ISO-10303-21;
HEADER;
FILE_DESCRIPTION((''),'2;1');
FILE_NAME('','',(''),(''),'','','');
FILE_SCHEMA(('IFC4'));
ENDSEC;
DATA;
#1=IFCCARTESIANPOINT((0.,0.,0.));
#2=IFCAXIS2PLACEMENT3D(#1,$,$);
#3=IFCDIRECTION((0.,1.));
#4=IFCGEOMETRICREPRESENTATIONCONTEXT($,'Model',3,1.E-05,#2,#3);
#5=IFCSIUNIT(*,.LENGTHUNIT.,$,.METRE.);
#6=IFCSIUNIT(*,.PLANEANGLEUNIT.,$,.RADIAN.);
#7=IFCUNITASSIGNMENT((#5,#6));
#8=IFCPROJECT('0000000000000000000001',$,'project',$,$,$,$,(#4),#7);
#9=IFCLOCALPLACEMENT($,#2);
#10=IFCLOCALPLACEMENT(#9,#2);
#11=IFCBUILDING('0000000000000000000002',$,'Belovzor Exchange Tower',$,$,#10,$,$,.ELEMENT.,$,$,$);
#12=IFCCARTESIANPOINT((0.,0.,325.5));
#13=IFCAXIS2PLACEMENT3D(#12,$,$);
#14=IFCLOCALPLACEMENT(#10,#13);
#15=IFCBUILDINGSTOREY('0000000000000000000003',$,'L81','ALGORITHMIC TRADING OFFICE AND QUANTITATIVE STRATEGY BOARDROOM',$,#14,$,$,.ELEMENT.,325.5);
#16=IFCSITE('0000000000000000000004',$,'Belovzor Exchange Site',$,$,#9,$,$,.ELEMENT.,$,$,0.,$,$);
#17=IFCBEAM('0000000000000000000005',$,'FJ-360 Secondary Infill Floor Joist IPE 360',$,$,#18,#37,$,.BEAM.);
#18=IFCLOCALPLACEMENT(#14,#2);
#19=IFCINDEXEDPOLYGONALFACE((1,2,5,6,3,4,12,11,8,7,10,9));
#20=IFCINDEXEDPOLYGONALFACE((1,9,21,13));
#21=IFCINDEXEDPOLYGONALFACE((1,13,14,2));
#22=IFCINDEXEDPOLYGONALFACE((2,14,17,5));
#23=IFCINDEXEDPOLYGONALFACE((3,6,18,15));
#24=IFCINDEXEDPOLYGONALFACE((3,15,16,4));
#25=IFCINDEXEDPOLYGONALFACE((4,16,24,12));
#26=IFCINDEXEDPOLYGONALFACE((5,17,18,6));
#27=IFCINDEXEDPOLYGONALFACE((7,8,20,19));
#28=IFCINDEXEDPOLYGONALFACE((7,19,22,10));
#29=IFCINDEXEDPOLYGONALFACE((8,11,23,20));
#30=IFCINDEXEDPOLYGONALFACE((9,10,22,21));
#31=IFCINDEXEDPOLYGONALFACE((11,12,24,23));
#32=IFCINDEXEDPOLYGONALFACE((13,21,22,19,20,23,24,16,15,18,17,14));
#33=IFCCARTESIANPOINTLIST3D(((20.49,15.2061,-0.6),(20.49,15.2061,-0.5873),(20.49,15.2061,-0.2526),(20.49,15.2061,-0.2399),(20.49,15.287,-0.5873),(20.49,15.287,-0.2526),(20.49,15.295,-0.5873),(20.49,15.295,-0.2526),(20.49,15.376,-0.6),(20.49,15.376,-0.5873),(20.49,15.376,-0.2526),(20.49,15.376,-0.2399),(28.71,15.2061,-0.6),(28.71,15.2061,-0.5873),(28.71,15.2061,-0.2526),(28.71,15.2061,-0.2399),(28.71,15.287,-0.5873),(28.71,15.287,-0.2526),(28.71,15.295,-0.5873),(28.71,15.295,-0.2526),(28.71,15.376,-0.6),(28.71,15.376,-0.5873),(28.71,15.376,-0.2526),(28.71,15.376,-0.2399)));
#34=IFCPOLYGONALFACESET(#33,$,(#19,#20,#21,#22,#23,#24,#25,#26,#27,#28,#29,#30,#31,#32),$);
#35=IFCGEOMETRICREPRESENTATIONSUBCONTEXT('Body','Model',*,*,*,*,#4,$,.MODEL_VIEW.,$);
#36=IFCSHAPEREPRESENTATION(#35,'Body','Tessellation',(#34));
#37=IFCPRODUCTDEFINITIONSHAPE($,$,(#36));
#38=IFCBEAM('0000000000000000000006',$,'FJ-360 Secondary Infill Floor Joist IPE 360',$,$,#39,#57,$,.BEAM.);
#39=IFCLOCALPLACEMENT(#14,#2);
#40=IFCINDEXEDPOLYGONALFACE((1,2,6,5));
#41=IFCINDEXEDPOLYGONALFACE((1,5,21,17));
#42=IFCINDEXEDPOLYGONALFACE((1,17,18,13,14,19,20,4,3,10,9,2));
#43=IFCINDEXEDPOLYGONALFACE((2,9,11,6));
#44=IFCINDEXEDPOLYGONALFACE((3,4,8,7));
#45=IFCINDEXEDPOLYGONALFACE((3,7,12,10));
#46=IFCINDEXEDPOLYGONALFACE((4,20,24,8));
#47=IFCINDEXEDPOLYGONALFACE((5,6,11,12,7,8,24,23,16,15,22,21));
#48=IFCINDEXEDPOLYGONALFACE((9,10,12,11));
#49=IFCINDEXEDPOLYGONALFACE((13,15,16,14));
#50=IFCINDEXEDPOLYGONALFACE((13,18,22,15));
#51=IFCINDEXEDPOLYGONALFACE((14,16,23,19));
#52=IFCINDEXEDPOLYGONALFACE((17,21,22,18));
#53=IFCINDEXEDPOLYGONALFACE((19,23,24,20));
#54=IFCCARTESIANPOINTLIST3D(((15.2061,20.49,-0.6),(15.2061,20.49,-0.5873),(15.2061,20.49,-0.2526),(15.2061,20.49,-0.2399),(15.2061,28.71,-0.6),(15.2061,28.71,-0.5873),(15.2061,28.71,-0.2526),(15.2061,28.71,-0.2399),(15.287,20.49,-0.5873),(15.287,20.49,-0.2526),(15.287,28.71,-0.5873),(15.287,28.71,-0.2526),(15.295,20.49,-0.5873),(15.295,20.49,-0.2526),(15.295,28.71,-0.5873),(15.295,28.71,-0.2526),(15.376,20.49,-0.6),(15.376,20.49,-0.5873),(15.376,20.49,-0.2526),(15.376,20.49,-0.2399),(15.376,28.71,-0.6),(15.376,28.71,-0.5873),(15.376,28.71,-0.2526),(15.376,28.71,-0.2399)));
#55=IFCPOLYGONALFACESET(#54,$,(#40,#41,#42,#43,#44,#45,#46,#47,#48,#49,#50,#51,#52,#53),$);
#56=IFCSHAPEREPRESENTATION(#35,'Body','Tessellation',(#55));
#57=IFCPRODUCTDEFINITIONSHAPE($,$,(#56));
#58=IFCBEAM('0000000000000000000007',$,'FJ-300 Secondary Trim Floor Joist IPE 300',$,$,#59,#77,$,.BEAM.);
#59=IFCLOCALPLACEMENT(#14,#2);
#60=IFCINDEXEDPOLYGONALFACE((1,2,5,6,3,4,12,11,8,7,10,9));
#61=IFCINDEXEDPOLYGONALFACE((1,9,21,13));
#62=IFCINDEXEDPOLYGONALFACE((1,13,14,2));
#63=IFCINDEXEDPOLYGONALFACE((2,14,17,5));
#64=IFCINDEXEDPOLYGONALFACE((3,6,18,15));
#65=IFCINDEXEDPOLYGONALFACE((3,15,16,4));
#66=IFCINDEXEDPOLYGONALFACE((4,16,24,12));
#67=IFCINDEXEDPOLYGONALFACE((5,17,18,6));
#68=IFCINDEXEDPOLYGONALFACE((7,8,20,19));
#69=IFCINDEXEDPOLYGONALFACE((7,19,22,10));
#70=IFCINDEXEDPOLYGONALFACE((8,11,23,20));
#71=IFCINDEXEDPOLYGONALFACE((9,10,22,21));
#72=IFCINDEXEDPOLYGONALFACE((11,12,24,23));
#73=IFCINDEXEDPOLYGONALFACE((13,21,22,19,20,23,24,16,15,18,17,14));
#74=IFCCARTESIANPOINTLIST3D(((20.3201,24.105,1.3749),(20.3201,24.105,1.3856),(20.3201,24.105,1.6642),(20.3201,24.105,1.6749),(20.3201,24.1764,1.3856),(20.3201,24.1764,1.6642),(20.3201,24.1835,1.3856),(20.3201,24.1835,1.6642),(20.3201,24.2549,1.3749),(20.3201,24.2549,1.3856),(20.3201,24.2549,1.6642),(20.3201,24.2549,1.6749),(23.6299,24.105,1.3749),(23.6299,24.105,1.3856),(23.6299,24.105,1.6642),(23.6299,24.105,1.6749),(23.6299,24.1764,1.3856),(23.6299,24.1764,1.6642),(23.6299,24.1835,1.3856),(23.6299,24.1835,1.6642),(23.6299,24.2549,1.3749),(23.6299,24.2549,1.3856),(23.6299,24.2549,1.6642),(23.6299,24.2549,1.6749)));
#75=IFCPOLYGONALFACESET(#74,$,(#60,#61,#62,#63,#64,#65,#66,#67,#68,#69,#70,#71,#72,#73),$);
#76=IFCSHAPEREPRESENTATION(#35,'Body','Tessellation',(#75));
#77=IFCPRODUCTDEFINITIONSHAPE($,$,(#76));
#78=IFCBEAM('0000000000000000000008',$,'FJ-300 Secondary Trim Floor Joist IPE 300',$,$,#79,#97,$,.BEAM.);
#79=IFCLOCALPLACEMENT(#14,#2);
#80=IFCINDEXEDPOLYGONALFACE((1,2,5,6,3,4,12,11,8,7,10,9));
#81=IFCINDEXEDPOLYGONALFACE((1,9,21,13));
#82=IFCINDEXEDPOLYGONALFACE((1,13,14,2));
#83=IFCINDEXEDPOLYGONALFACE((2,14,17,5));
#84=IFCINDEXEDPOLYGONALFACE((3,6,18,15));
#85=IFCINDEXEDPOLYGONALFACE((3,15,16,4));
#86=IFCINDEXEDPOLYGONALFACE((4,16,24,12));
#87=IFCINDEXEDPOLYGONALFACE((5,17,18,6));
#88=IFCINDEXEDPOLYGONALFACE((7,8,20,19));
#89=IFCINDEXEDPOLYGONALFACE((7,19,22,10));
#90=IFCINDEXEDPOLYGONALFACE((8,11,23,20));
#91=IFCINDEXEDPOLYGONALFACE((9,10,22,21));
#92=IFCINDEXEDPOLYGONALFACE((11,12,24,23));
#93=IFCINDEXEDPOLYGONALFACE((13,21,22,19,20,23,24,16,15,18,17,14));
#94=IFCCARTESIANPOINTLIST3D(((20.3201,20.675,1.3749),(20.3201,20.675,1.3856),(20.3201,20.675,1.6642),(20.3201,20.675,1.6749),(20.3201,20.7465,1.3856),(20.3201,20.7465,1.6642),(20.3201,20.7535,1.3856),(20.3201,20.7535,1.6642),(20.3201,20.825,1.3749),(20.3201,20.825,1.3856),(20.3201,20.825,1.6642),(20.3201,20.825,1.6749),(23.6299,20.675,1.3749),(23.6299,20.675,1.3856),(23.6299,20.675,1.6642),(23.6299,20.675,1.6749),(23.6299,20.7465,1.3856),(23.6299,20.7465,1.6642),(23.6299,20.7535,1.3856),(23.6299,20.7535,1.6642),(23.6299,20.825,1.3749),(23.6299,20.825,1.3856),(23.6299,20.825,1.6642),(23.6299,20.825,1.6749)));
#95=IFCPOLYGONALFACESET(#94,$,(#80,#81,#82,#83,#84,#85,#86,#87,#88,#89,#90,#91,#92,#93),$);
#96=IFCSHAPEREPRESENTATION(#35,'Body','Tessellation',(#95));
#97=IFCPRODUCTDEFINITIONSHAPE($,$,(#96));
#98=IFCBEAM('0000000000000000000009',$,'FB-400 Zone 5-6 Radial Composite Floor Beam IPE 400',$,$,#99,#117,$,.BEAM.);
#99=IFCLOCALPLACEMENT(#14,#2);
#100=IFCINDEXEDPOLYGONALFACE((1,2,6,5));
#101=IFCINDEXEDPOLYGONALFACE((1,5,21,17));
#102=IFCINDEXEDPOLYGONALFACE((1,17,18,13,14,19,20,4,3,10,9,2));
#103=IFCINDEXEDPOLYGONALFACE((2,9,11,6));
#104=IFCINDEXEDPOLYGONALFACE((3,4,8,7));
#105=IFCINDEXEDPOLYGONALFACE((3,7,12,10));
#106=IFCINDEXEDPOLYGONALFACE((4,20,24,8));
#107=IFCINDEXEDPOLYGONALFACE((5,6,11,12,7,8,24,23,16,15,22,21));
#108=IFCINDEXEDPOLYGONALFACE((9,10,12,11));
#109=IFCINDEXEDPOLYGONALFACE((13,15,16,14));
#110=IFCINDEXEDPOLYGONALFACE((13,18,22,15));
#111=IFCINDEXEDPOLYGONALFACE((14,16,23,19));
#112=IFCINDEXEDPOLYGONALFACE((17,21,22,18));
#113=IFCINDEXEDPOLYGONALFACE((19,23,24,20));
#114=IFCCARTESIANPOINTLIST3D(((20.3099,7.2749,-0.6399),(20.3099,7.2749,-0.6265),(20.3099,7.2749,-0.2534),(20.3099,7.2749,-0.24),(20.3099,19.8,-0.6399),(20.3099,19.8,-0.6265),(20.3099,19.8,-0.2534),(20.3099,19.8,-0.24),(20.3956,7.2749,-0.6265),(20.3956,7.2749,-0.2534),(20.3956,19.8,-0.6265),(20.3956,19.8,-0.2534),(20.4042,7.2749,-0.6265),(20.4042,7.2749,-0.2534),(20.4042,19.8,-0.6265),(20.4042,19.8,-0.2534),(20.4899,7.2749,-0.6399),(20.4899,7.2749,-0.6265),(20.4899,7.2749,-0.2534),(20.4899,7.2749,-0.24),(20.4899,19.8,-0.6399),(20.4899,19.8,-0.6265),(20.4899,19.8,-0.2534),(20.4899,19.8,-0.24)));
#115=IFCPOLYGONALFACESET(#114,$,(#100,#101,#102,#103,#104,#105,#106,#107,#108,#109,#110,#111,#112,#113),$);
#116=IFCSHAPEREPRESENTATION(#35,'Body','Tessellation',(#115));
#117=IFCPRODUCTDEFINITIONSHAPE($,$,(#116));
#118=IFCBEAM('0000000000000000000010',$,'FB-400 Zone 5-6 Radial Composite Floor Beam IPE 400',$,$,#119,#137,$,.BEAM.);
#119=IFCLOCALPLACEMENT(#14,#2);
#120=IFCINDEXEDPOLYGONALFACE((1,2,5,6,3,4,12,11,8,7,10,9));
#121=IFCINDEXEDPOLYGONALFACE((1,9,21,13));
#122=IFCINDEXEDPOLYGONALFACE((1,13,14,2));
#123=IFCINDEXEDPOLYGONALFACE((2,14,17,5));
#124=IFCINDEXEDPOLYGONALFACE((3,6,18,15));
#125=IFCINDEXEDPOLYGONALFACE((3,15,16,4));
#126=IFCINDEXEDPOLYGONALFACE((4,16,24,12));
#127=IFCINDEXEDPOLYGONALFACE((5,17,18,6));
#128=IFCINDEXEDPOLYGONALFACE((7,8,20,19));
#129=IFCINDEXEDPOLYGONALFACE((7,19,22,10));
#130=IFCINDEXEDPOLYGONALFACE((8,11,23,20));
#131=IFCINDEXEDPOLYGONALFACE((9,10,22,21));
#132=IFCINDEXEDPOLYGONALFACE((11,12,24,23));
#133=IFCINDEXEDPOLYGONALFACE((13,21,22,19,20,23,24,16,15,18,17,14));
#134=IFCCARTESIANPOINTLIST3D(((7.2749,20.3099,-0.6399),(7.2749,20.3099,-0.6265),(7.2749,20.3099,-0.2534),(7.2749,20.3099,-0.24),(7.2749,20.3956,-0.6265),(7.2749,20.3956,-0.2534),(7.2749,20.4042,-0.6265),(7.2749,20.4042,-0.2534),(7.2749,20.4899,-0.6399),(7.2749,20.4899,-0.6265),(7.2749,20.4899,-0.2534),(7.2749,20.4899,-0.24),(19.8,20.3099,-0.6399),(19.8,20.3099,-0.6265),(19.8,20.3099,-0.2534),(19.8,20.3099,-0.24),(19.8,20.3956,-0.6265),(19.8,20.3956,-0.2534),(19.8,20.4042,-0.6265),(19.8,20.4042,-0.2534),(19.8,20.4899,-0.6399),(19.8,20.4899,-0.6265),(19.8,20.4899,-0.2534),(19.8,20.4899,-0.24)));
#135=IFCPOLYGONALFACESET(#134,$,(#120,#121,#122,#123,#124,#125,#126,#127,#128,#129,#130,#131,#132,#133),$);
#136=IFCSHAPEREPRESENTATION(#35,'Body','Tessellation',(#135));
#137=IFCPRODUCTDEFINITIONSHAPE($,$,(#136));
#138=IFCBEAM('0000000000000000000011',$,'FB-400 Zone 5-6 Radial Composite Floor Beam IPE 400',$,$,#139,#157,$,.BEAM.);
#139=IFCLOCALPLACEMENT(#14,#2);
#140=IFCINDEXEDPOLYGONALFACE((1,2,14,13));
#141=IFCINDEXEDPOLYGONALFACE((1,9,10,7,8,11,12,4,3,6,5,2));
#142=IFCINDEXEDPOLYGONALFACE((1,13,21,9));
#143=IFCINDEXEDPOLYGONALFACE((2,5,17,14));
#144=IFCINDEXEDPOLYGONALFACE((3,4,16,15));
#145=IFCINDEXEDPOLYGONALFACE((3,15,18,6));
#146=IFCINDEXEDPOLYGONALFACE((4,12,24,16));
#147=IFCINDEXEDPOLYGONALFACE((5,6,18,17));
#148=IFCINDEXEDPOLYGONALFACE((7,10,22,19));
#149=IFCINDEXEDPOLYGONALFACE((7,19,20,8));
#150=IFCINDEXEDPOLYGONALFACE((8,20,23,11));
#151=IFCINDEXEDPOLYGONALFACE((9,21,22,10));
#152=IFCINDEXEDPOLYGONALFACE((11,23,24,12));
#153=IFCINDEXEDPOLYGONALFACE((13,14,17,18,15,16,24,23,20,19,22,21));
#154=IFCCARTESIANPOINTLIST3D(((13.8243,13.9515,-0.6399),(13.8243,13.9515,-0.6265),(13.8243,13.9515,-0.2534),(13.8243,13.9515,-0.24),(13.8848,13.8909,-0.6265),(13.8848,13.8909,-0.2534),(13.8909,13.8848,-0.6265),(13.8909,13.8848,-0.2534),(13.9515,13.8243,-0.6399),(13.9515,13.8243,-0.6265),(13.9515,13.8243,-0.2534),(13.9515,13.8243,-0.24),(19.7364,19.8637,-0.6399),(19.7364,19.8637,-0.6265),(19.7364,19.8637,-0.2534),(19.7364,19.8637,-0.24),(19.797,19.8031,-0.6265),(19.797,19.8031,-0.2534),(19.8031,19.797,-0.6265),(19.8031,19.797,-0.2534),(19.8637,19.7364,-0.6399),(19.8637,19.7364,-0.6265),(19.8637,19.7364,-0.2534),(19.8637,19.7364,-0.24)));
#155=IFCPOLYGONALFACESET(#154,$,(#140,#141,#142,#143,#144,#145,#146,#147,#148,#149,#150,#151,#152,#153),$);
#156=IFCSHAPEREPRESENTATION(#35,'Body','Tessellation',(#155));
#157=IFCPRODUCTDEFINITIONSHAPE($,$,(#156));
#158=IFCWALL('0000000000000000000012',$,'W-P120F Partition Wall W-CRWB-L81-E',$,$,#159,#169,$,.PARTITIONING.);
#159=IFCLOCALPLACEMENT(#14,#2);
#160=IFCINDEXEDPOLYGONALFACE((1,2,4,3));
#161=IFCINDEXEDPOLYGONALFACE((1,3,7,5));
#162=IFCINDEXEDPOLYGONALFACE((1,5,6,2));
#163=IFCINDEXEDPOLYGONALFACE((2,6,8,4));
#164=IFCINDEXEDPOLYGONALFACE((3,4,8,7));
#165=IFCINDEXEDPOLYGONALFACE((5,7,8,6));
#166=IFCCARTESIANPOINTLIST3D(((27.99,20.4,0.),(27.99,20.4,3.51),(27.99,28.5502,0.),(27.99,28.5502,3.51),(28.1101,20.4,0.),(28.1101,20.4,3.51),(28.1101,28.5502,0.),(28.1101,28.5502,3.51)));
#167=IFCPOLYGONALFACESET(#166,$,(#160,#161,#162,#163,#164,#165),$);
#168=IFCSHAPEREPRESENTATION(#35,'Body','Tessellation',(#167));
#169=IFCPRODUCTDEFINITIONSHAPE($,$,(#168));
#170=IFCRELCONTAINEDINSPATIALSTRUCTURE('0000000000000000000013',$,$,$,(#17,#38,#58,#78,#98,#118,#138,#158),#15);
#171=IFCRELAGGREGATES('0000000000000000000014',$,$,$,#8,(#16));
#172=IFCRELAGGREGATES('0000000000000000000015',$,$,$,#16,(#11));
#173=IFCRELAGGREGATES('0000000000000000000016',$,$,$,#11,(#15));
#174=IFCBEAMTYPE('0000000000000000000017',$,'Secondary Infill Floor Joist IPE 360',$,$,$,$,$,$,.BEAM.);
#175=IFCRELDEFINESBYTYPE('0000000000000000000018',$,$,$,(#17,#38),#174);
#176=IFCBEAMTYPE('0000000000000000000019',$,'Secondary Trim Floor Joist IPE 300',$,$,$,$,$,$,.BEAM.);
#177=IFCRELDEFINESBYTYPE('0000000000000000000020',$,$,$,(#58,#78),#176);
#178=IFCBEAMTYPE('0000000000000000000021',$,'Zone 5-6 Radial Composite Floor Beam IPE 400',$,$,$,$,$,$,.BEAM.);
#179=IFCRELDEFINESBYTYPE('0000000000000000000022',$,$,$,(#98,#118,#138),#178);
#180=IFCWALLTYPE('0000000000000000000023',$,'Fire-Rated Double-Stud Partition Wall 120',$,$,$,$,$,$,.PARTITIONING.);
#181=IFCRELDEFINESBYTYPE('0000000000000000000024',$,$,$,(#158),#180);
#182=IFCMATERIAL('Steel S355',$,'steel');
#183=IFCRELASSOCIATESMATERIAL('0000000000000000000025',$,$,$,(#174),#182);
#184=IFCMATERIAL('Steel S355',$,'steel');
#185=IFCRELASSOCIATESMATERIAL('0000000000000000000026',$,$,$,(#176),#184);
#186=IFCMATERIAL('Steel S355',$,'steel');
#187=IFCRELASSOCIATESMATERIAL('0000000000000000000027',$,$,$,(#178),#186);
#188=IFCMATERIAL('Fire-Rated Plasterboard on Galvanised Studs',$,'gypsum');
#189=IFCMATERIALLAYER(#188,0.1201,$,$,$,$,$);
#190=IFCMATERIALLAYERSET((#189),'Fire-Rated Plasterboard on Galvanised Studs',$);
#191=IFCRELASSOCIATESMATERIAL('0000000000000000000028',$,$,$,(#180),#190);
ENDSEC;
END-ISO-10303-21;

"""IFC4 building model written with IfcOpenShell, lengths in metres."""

from ifc_helpers import new_model, si_unit, direction, frame, frame_2d, origin, origin_2d, place, context, subcontext, project, spatial, rectangle, i_section, extrude, material, layer, layer_set, material_profile, profile_set, type_object, element, save


model = new_model("IFC4")

# Units and contexts
model_context = context("Model", 3, precision=1e-05, world=origin(), true_north=direction((0.0, 1.0)))
body_context = subcontext(model_context, "Body", "Model", "MODEL_VIEW")
ifc_project = project(units=[si_unit("LENGTHUNIT", "METRE"), si_unit("PLANEANGLEUNIT", "RADIAN")], contexts=[model_context])

# Site, building, storey
site_placement = place(None, origin())
site = spatial("IfcSite", under=ifc_project, at=site_placement, Name="Belovzor Exchange Site", CompositionType="ELEMENT", RefElevation=0.0)
building_placement = place(site_placement, origin())
building = spatial("IfcBuilding", under=site, at=building_placement, Name="Belovzor Exchange Tower", CompositionType="ELEMENT")
storey_placement = place(building_placement, frame((0.0, 0.0, 325.5)))
storey = spatial("IfcBuildingStorey", under=building, at=storey_placement, Name="L81", Description="ALGORITHMIC TRADING OFFICE AND QUANTITATIVE STRATEGY BOARDROOM", CompositionType="ELEMENT", Elevation=325.5)

# Beams
ifc_material_1 = material(Name="Steel S355", Category="steel")
ifc_material_profile_1 = material_profile(ifc_material_1, i_section(OverallWidth=0.1699, OverallDepth=0.3601, WebThickness=0.0081, FlangeThickness=0.0127, at=origin_2d()))
ifc_profile_set_1 = profile_set([ifc_material_profile_1], Name="Steel S355")
beam_type_1 = type_object("IfcBeamType", Name="Secondary Infill Floor Joist IPE 360", PredefinedType="BEAM", material=ifc_profile_set_1)
for number, where, z_axis, x_axis, name in (
    (1, (20.49, 15.291, -0.4199), (1.0, 0.0, 0.0), (0.0, 1.0, 0.0), "FJ-360 Secondary Infill Floor Joist IPE 360"),
    (2, (15.291, 20.49, -0.4199), (0.0, 1.0, 0.0), (-1.0, 0.0, 0.0), "FJ-360 Secondary Infill Floor Joist IPE 360"),
):
    element("IfcBeam", number, at=place(storey_placement, frame(where, z_axis=z_axis, x_axis=x_axis)), inside=storey, type_object=beam_type_1, Name=name, PredefinedType="BEAM", context=body_context, shape_type="SweptSolid", body=[
        extrude(i_section(OverallWidth=0.1699, OverallDepth=0.3601, WebThickness=0.0081, FlangeThickness=0.0127, at=origin_2d()), origin(), (0.0, 0.0, 1.0), 8.22),
    ])
ifc_material_2 = material(Name="Steel S355", Category="steel")
ifc_material_profile_2 = material_profile(ifc_material_2, i_section(OverallWidth=0.1499, OverallDepth=0.3, WebThickness=0.0071, FlangeThickness=0.0107, at=origin_2d()))
ifc_profile_set_2 = profile_set([ifc_material_profile_2], Name="Steel S355")
beam_type_2 = type_object("IfcBeamType", Name="Secondary Trim Floor Joist IPE 300", PredefinedType="BEAM", material=ifc_profile_set_2)
for number, where, z_axis, x_axis, name in (
    (3, (20.3201, 24.1799, 1.5249), (1.0, 0.0, 0.0), (0.0, 1.0, 0.0), "FJ-300 Secondary Trim Floor Joist IPE 300"),
    (4, (20.3201, 20.75, 1.5249), (1.0, 0.0, 0.0), (0.0, 1.0, 0.0), "FJ-300 Secondary Trim Floor Joist IPE 300"),
):
    element("IfcBeam", number, at=place(storey_placement, frame(where, z_axis=z_axis, x_axis=x_axis)), inside=storey, type_object=beam_type_2, Name=name, PredefinedType="BEAM", context=body_context, shape_type="SweptSolid", body=[
        extrude(i_section(OverallWidth=0.1499, OverallDepth=0.3, WebThickness=0.0071, FlangeThickness=0.0107, at=origin_2d()), origin(), (0.0, 0.0, 1.0), 3.3098),
    ])
ifc_material_3 = material(Name="Steel S355", Category="steel")
ifc_material_profile_3 = material_profile(ifc_material_3, i_section(OverallWidth=0.1799, OverallDepth=0.3999, WebThickness=0.0085, FlangeThickness=0.0134, at=origin_2d()))
ifc_profile_set_3 = profile_set([ifc_material_profile_3], Name="Steel S355")
beam_type_3 = type_object("IfcBeamType", Name="Zone 5-6 Radial Composite Floor Beam IPE 400", PredefinedType="BEAM", material=ifc_profile_set_3)
for number, where, z_axis, x_axis, name in (
    (5, (20.3999, 19.8, -0.4399), (0.0, -1.0, 0.0), (1.0, 0.0, 0.0), "FB-400 Zone 5-6 Radial Composite Floor Beam IPE 400"),
    (6, (19.8, 20.3999, -0.4399), (-1.0, 0.0, 0.0), (0.0, -1.0, 0.0), "FB-400 Zone 5-6 Radial Composite Floor Beam IPE 400"),
):
    element("IfcBeam", number, at=place(storey_placement, frame(where, z_axis=z_axis, x_axis=x_axis)), inside=storey, type_object=beam_type_3, Name=name, PredefinedType="BEAM", context=body_context, shape_type="SweptSolid", body=[
        extrude(i_section(OverallWidth=0.1799, OverallDepth=0.3999, WebThickness=0.0085, FlangeThickness=0.0134, at=origin_2d()), origin(), (0.0, 0.0, 1.0), 12.5251),
    ])
beam_placement = place(storey_placement, frame((19.8, 19.8, -0.4399), z_axis=(-0.707107, -0.707107, 0.0), x_axis=(0.707107, -0.707107, 0.0)))
element("IfcBeam", 7, at=beam_placement, inside=storey, type_object=beam_type_3, Name="FB-400 Zone 5-6 Radial Composite Floor Beam IPE 400", PredefinedType="BEAM", context=body_context, shape_type="SweptSolid", body=[
    extrude(i_section(OverallWidth=0.1799, OverallDepth=0.3999, WebThickness=0.0085, FlangeThickness=0.0134, at=origin_2d()), origin(), (0.0, 0.0, 1.0), 8.3611),
])

# Wall
ifc_material_4 = material(Name="Fire-Rated Plasterboard on Galvanised Studs", Category="gypsum")
ifc_layer_1 = layer(ifc_material_4, 0.1201)
ifc_layer_set_1 = layer_set([ifc_layer_1], Name="Fire-Rated Plasterboard on Galvanised Studs")
wall_type_1 = type_object("IfcWallType", Name="Fire-Rated Double-Stud Partition Wall 120", PredefinedType="PARTITIONING", material=ifc_layer_set_1)
wall_1_placement = place(storey_placement, frame((28.05, 20.3999, 0.0), z_axis=(0.0, 0.0, 1.0), x_axis=(0.0, 1.0, 0.0)))
element("IfcWall", 8, at=wall_1_placement, inside=storey, type_object=wall_type_1, Name="W-P120F Partition Wall W-CRWB-L81-E", PredefinedType="PARTITIONING", context=body_context, shape_type="SweptSolid", body=[
    extrude(rectangle(XDim=8.1501, YDim=0.1201, at=frame_2d((4.0752, 0.0))), origin(), (0.0, 0.0, 1.0), 3.51),
])

save(model, "model.ifc")
